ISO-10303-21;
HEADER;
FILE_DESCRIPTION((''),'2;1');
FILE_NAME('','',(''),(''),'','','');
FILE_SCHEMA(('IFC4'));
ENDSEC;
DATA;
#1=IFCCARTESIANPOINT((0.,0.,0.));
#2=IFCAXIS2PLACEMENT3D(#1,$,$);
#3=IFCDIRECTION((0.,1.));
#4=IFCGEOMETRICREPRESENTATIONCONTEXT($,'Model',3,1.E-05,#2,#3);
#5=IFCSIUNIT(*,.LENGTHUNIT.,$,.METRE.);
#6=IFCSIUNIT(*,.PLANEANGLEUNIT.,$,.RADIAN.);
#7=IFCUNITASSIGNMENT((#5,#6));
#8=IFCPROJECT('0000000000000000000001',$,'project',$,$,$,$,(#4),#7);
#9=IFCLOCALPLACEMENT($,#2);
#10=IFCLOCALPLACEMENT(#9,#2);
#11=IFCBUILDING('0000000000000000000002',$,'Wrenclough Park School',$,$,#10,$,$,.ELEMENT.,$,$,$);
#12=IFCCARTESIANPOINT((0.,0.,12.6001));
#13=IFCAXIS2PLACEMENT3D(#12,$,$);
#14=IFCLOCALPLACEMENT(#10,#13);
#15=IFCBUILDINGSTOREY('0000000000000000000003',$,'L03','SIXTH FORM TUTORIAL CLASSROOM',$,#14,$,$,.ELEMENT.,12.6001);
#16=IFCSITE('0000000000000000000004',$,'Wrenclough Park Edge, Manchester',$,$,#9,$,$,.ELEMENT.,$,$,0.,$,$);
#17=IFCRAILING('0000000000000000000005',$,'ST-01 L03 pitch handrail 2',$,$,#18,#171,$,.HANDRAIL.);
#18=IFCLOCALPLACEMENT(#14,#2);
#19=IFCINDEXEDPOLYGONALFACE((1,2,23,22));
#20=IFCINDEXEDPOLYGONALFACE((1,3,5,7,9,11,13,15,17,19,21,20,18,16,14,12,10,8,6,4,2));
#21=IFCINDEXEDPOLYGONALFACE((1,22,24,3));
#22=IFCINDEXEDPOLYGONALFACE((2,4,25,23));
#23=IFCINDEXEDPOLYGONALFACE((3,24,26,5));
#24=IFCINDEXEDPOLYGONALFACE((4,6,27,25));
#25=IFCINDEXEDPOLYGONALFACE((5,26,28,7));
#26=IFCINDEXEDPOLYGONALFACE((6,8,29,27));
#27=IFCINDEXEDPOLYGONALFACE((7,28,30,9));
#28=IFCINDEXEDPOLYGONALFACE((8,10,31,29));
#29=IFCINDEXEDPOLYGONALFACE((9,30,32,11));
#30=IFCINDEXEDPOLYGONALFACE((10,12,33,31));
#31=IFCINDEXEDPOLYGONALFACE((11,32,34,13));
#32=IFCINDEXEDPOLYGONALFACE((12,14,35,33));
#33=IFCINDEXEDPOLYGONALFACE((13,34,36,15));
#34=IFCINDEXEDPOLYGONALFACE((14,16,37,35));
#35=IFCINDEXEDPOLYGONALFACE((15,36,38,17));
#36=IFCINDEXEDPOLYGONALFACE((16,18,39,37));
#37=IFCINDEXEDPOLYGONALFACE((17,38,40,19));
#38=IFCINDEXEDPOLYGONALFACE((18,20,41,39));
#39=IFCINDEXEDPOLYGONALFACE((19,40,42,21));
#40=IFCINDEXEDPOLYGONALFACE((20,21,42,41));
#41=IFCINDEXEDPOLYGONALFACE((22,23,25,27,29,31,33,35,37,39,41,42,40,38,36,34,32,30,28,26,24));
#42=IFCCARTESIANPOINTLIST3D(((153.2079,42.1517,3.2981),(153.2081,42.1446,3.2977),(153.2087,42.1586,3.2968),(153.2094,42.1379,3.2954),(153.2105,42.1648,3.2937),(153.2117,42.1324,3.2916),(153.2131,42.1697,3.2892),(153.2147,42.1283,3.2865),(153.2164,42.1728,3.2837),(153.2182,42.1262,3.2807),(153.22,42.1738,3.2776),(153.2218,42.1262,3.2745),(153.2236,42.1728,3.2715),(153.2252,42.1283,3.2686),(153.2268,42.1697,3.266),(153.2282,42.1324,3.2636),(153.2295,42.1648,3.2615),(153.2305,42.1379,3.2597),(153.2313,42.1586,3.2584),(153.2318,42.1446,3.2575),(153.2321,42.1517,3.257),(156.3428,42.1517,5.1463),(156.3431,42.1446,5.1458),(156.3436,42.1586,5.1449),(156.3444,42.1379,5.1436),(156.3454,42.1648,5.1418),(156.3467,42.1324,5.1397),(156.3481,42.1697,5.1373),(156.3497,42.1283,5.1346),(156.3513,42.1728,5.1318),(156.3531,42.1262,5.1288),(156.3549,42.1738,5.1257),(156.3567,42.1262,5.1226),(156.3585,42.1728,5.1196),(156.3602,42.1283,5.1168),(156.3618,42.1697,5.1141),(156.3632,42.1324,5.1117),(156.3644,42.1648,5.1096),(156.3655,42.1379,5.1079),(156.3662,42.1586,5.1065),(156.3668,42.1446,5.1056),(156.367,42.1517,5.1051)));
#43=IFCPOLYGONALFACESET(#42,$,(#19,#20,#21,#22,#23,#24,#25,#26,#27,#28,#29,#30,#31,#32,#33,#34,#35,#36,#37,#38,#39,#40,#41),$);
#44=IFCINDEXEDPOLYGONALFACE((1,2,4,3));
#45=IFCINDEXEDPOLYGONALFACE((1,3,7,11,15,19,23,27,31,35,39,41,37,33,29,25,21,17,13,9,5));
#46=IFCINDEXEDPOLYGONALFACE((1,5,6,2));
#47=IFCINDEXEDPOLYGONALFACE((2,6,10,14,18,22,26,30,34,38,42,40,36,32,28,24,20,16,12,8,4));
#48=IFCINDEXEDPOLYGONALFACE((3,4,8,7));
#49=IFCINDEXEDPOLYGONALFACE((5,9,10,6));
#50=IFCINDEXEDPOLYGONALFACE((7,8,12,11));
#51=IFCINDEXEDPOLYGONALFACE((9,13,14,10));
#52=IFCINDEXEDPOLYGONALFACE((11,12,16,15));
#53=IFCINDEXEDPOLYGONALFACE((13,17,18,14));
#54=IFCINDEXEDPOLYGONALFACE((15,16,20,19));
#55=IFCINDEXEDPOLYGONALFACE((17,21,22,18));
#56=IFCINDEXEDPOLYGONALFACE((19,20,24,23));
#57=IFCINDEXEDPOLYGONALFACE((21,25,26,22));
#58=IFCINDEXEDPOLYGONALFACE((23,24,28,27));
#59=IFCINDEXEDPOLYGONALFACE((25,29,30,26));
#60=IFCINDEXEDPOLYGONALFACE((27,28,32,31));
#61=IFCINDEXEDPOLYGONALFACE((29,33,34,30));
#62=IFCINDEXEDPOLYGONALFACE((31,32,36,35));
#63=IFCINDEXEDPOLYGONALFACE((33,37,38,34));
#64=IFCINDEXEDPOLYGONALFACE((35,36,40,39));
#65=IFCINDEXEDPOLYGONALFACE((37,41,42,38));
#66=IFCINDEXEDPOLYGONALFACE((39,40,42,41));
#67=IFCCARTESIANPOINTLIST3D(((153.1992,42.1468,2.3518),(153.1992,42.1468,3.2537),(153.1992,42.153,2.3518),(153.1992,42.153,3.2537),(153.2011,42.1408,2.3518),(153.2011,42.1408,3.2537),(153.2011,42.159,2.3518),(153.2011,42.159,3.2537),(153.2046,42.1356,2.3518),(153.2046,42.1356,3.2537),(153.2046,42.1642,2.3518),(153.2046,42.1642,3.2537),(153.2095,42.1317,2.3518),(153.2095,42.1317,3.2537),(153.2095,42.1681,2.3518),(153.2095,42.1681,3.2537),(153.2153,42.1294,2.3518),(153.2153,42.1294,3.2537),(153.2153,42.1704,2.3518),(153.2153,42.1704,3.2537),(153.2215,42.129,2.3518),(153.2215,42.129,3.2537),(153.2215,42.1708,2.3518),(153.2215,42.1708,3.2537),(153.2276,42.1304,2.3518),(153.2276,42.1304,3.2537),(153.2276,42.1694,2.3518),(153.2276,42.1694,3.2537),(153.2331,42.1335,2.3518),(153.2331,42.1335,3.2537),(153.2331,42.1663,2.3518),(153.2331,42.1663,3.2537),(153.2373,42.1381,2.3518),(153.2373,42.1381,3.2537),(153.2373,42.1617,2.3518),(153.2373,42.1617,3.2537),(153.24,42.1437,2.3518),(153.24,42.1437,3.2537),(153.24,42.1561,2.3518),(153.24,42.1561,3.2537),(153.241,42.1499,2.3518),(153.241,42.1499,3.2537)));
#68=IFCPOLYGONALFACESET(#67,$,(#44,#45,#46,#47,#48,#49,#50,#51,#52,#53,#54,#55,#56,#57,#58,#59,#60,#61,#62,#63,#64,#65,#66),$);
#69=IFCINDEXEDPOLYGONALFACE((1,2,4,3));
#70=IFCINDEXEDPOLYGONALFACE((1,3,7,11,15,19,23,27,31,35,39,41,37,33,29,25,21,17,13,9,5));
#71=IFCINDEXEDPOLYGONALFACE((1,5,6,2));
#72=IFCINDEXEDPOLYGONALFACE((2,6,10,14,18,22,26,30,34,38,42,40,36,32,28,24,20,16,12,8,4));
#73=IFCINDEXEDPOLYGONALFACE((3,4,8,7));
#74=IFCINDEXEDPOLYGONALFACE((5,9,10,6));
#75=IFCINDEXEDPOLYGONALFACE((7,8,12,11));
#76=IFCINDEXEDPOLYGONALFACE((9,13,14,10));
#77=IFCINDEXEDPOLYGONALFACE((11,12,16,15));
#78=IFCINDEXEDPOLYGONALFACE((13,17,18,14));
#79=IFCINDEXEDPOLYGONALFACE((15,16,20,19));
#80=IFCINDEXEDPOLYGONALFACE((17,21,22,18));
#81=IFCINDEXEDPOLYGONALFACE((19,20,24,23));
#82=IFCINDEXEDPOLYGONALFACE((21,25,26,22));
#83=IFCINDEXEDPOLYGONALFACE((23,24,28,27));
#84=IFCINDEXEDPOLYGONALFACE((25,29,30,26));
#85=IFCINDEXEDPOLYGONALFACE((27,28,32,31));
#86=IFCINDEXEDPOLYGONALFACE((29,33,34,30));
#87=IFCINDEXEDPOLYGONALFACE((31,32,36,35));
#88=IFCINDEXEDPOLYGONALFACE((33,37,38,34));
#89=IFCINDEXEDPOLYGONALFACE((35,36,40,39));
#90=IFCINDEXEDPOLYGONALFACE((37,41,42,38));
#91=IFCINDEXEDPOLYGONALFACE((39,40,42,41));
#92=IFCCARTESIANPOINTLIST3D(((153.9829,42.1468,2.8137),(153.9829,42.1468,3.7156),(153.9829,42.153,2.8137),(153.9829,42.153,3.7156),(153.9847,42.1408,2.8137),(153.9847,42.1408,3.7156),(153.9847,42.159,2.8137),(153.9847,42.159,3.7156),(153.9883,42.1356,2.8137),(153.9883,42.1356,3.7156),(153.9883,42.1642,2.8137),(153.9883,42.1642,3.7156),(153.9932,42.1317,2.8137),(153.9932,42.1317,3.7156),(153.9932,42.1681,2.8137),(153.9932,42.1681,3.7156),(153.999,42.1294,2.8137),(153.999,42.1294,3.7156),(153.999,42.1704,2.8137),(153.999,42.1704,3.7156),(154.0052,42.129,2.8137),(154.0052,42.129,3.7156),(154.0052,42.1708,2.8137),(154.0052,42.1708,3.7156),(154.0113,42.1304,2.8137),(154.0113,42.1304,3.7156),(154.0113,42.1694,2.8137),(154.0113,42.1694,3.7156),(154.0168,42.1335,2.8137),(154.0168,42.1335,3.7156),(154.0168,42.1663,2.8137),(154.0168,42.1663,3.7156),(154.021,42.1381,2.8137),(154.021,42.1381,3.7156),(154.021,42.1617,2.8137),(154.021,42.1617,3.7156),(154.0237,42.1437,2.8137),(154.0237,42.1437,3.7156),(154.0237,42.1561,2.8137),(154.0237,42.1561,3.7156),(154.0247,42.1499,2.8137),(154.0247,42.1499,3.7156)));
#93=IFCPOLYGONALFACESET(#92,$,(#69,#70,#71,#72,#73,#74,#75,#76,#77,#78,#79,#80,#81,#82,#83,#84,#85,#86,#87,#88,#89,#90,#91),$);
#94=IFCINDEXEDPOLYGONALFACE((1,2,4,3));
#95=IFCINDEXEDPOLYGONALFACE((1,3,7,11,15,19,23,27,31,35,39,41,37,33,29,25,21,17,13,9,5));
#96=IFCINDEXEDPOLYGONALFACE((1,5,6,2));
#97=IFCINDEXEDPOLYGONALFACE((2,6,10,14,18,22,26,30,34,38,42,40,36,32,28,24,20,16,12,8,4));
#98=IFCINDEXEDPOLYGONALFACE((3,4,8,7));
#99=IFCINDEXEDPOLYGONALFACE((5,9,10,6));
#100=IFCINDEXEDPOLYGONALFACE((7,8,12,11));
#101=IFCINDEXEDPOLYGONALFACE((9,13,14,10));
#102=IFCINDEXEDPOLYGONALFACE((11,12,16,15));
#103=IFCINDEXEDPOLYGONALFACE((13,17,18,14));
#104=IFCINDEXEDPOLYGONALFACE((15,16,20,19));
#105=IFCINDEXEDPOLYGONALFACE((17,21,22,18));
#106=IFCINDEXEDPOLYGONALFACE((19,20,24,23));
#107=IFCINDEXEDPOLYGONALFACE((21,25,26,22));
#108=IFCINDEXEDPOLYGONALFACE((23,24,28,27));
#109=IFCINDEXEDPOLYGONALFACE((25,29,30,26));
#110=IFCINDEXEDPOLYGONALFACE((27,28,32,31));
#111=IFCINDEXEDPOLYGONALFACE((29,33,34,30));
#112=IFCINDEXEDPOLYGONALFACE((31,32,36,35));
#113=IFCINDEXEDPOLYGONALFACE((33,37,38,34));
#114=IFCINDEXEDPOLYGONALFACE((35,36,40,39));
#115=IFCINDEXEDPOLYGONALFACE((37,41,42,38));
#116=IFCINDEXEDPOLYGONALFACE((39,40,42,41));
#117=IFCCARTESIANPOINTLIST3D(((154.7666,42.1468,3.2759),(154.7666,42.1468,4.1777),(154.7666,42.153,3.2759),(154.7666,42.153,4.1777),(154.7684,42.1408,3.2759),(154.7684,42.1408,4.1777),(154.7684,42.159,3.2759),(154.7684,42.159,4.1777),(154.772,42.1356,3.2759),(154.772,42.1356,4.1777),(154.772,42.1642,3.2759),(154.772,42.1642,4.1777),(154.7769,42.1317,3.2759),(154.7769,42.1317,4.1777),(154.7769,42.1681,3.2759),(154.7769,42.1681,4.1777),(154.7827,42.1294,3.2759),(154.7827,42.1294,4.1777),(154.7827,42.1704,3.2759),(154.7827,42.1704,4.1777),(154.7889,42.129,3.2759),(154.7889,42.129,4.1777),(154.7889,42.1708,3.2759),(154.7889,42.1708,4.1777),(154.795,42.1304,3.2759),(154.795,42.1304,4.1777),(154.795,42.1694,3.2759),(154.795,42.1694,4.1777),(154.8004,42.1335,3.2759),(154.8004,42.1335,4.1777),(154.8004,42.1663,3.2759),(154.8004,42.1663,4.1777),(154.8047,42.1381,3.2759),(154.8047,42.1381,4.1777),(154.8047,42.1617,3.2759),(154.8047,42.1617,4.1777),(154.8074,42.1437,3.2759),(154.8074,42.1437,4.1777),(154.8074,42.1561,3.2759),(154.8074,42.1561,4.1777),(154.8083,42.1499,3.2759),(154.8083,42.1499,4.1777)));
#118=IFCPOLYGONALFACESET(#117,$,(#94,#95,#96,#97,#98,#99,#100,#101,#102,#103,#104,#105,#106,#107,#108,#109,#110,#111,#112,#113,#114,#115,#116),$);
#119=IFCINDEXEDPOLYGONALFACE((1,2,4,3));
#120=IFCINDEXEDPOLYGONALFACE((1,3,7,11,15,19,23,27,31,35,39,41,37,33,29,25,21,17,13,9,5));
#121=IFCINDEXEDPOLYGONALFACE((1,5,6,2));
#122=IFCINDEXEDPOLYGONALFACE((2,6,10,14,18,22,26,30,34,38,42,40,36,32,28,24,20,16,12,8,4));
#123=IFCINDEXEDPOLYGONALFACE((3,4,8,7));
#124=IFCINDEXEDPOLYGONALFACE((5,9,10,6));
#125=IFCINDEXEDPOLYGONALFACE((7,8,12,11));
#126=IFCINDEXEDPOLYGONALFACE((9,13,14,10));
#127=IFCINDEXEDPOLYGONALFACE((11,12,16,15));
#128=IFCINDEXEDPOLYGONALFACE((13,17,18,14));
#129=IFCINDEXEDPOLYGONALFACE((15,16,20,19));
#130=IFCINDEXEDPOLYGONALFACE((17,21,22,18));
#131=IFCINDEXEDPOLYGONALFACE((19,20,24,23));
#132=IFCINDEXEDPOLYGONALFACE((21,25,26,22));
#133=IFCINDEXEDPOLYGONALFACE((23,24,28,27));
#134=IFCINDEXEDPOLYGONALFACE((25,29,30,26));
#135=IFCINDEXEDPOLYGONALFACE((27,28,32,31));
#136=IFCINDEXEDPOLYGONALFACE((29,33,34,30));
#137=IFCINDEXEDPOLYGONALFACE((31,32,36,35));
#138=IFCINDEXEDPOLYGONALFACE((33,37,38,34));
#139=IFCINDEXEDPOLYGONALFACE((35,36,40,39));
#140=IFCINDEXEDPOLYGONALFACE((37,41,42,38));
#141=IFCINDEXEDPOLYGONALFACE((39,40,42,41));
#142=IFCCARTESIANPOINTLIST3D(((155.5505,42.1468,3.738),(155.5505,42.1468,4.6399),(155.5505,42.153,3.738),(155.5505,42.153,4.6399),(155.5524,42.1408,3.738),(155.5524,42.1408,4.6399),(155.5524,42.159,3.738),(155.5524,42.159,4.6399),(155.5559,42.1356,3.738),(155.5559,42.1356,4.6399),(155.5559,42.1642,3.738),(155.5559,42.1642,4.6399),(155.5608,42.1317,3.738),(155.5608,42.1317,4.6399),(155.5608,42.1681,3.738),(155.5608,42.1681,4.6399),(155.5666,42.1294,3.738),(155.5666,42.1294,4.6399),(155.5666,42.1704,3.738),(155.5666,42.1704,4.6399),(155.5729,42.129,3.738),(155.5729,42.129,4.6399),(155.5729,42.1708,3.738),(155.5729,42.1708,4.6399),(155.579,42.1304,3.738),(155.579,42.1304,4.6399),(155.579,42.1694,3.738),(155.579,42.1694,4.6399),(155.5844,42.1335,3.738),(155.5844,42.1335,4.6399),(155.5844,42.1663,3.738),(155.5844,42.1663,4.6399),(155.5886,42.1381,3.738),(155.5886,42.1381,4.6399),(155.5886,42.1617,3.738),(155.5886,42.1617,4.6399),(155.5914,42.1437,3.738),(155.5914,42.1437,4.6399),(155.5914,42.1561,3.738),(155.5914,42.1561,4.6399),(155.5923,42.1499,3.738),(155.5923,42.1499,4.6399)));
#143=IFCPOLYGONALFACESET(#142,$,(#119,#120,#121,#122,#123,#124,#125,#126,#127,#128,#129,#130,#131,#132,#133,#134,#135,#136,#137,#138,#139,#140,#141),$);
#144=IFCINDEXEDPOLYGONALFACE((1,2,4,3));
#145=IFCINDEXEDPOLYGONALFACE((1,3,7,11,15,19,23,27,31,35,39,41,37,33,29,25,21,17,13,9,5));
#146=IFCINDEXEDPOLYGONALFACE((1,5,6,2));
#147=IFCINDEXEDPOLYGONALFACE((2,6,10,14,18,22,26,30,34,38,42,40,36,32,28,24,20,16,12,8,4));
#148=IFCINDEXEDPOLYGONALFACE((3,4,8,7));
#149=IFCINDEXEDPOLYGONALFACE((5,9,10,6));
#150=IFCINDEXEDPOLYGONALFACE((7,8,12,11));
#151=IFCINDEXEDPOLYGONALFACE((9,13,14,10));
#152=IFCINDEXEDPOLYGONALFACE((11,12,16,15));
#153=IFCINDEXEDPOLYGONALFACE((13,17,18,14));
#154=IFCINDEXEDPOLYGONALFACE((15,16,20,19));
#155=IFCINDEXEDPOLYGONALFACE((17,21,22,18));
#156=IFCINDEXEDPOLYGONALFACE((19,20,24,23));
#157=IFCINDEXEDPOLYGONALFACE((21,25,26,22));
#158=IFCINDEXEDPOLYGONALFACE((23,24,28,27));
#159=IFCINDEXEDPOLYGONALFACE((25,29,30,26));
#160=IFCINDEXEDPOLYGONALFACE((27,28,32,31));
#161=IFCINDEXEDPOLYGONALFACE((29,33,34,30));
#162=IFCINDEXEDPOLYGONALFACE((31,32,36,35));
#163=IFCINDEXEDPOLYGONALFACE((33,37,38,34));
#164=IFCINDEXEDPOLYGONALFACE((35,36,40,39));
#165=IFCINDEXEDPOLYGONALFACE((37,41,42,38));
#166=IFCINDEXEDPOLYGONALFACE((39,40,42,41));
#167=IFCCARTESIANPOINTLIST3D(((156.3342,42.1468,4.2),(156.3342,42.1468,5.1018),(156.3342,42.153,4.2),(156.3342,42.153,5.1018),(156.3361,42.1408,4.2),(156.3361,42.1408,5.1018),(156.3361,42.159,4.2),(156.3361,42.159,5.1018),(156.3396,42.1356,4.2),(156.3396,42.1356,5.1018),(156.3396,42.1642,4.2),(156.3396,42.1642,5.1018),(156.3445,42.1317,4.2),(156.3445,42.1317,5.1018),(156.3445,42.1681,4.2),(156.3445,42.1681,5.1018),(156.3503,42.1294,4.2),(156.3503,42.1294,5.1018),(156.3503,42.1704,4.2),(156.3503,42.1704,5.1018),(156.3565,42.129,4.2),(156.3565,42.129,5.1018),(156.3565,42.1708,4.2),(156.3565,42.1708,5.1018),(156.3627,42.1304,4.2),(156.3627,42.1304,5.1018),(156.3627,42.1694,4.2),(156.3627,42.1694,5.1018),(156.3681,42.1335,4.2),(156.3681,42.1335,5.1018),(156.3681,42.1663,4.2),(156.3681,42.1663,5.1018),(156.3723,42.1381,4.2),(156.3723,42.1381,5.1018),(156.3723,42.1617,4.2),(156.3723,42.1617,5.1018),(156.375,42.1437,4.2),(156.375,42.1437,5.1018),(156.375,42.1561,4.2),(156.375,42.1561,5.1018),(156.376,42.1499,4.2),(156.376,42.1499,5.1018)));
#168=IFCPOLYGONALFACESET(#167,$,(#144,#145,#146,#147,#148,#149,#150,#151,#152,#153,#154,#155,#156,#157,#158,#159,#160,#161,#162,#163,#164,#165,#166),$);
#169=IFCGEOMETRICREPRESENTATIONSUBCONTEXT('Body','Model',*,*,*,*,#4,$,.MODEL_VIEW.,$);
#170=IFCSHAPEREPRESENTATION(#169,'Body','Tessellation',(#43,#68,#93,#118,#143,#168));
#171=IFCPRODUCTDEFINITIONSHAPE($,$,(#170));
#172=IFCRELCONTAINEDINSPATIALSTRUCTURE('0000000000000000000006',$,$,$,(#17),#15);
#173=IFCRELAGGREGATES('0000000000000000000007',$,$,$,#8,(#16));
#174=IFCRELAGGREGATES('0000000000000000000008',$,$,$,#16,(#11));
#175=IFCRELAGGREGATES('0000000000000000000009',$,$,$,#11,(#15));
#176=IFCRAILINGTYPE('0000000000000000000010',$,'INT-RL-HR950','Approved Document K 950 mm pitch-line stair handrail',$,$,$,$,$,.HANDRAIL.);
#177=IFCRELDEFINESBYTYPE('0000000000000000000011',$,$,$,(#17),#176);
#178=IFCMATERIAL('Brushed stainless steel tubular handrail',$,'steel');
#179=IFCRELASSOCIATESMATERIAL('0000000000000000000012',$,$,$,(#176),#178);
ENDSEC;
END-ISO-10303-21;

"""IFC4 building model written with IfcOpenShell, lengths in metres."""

from ifc_helpers import new_model, si_unit, direction, frame, origin, origin_2d, place, context, subcontext, project, spatial, circle, extrude, material, type_object, element, save


model = new_model("IFC4")

# Units and contexts
model_context = context("Model", 3, precision=1e-05, world=origin(), true_north=direction((0.0, 1.0)))
body_context = subcontext(model_context, "Body", "Model", "MODEL_VIEW")
ifc_project = project(units=[si_unit("LENGTHUNIT", "METRE"), si_unit("PLANEANGLEUNIT", "RADIAN")], contexts=[model_context])

# Site, building, storey
site_placement = place(None, origin())
site = spatial("IfcSite", under=ifc_project, at=site_placement, Name="Wrenclough Park Edge, Manchester", CompositionType="ELEMENT", RefElevation=0.0)
building_placement = place(site_placement, origin())
building = spatial("IfcBuilding", under=site, at=building_placement, Name="Wrenclough Park School", CompositionType="ELEMENT")
storey_placement = place(building_placement, frame((0.0, 0.0, 12.6001)))
storey = spatial("IfcBuildingStorey", under=building, at=storey_placement, Name="L03", Description="SIXTH FORM TUTORIAL CLASSROOM", CompositionType="ELEMENT", Elevation=12.6001)

# Railing
ifc_material_1 = material(Name="Brushed stainless steel tubular handrail", Category="steel")
railing_type_1 = type_object("IfcRailingType", Name="INT-RL-HR950", Description="Approved Document K 950 mm pitch-line stair handrail", PredefinedType="HANDRAIL", material=ifc_material_1)
railing_1_placement = place(storey_placement, frame((153.22, 42.1499, 2.3518)))
element("IfcRailing", 1, at=railing_1_placement, inside=storey, type_object=railing_type_1, Name="ST-01 L03 pitch handrail 2", PredefinedType="HANDRAIL", context=body_context, shape_type="SweptSolid", body=[
    extrude(circle(Radius=0.0239, at=origin_2d()), frame((0.0, 0.0, 0.9258), z_axis=(0.861451, 0.0, 0.507841), x_axis=(0.0, 1.0, 0.0)), (0.0, 0.0, 1.0), 3.6392),
    extrude(circle(Radius=0.021, at=origin_2d()), origin(), (0.0, 0.0, 1.0), 0.9019),
    extrude(circle(Radius=0.021, at=origin_2d()), frame((0.7837, 0.0, 0.4619)), (0.0, 0.0, 1.0), 0.9019),
    extrude(circle(Radius=0.021, at=origin_2d()), frame((1.5674, 0.0, 0.9241)), (0.0, 0.0, 1.0), 0.9019),
    extrude(circle(Radius=0.021, at=origin_2d()), frame((2.3513, 0.0, 1.3862)), (0.0, 0.0, 1.0), 0.9019),
    extrude(circle(Radius=0.021, at=origin_2d()), frame((3.135, 0.0, 1.8481)), (0.0, 0.0, 1.0), 0.9019),
])

save(model, "model.ifc")
